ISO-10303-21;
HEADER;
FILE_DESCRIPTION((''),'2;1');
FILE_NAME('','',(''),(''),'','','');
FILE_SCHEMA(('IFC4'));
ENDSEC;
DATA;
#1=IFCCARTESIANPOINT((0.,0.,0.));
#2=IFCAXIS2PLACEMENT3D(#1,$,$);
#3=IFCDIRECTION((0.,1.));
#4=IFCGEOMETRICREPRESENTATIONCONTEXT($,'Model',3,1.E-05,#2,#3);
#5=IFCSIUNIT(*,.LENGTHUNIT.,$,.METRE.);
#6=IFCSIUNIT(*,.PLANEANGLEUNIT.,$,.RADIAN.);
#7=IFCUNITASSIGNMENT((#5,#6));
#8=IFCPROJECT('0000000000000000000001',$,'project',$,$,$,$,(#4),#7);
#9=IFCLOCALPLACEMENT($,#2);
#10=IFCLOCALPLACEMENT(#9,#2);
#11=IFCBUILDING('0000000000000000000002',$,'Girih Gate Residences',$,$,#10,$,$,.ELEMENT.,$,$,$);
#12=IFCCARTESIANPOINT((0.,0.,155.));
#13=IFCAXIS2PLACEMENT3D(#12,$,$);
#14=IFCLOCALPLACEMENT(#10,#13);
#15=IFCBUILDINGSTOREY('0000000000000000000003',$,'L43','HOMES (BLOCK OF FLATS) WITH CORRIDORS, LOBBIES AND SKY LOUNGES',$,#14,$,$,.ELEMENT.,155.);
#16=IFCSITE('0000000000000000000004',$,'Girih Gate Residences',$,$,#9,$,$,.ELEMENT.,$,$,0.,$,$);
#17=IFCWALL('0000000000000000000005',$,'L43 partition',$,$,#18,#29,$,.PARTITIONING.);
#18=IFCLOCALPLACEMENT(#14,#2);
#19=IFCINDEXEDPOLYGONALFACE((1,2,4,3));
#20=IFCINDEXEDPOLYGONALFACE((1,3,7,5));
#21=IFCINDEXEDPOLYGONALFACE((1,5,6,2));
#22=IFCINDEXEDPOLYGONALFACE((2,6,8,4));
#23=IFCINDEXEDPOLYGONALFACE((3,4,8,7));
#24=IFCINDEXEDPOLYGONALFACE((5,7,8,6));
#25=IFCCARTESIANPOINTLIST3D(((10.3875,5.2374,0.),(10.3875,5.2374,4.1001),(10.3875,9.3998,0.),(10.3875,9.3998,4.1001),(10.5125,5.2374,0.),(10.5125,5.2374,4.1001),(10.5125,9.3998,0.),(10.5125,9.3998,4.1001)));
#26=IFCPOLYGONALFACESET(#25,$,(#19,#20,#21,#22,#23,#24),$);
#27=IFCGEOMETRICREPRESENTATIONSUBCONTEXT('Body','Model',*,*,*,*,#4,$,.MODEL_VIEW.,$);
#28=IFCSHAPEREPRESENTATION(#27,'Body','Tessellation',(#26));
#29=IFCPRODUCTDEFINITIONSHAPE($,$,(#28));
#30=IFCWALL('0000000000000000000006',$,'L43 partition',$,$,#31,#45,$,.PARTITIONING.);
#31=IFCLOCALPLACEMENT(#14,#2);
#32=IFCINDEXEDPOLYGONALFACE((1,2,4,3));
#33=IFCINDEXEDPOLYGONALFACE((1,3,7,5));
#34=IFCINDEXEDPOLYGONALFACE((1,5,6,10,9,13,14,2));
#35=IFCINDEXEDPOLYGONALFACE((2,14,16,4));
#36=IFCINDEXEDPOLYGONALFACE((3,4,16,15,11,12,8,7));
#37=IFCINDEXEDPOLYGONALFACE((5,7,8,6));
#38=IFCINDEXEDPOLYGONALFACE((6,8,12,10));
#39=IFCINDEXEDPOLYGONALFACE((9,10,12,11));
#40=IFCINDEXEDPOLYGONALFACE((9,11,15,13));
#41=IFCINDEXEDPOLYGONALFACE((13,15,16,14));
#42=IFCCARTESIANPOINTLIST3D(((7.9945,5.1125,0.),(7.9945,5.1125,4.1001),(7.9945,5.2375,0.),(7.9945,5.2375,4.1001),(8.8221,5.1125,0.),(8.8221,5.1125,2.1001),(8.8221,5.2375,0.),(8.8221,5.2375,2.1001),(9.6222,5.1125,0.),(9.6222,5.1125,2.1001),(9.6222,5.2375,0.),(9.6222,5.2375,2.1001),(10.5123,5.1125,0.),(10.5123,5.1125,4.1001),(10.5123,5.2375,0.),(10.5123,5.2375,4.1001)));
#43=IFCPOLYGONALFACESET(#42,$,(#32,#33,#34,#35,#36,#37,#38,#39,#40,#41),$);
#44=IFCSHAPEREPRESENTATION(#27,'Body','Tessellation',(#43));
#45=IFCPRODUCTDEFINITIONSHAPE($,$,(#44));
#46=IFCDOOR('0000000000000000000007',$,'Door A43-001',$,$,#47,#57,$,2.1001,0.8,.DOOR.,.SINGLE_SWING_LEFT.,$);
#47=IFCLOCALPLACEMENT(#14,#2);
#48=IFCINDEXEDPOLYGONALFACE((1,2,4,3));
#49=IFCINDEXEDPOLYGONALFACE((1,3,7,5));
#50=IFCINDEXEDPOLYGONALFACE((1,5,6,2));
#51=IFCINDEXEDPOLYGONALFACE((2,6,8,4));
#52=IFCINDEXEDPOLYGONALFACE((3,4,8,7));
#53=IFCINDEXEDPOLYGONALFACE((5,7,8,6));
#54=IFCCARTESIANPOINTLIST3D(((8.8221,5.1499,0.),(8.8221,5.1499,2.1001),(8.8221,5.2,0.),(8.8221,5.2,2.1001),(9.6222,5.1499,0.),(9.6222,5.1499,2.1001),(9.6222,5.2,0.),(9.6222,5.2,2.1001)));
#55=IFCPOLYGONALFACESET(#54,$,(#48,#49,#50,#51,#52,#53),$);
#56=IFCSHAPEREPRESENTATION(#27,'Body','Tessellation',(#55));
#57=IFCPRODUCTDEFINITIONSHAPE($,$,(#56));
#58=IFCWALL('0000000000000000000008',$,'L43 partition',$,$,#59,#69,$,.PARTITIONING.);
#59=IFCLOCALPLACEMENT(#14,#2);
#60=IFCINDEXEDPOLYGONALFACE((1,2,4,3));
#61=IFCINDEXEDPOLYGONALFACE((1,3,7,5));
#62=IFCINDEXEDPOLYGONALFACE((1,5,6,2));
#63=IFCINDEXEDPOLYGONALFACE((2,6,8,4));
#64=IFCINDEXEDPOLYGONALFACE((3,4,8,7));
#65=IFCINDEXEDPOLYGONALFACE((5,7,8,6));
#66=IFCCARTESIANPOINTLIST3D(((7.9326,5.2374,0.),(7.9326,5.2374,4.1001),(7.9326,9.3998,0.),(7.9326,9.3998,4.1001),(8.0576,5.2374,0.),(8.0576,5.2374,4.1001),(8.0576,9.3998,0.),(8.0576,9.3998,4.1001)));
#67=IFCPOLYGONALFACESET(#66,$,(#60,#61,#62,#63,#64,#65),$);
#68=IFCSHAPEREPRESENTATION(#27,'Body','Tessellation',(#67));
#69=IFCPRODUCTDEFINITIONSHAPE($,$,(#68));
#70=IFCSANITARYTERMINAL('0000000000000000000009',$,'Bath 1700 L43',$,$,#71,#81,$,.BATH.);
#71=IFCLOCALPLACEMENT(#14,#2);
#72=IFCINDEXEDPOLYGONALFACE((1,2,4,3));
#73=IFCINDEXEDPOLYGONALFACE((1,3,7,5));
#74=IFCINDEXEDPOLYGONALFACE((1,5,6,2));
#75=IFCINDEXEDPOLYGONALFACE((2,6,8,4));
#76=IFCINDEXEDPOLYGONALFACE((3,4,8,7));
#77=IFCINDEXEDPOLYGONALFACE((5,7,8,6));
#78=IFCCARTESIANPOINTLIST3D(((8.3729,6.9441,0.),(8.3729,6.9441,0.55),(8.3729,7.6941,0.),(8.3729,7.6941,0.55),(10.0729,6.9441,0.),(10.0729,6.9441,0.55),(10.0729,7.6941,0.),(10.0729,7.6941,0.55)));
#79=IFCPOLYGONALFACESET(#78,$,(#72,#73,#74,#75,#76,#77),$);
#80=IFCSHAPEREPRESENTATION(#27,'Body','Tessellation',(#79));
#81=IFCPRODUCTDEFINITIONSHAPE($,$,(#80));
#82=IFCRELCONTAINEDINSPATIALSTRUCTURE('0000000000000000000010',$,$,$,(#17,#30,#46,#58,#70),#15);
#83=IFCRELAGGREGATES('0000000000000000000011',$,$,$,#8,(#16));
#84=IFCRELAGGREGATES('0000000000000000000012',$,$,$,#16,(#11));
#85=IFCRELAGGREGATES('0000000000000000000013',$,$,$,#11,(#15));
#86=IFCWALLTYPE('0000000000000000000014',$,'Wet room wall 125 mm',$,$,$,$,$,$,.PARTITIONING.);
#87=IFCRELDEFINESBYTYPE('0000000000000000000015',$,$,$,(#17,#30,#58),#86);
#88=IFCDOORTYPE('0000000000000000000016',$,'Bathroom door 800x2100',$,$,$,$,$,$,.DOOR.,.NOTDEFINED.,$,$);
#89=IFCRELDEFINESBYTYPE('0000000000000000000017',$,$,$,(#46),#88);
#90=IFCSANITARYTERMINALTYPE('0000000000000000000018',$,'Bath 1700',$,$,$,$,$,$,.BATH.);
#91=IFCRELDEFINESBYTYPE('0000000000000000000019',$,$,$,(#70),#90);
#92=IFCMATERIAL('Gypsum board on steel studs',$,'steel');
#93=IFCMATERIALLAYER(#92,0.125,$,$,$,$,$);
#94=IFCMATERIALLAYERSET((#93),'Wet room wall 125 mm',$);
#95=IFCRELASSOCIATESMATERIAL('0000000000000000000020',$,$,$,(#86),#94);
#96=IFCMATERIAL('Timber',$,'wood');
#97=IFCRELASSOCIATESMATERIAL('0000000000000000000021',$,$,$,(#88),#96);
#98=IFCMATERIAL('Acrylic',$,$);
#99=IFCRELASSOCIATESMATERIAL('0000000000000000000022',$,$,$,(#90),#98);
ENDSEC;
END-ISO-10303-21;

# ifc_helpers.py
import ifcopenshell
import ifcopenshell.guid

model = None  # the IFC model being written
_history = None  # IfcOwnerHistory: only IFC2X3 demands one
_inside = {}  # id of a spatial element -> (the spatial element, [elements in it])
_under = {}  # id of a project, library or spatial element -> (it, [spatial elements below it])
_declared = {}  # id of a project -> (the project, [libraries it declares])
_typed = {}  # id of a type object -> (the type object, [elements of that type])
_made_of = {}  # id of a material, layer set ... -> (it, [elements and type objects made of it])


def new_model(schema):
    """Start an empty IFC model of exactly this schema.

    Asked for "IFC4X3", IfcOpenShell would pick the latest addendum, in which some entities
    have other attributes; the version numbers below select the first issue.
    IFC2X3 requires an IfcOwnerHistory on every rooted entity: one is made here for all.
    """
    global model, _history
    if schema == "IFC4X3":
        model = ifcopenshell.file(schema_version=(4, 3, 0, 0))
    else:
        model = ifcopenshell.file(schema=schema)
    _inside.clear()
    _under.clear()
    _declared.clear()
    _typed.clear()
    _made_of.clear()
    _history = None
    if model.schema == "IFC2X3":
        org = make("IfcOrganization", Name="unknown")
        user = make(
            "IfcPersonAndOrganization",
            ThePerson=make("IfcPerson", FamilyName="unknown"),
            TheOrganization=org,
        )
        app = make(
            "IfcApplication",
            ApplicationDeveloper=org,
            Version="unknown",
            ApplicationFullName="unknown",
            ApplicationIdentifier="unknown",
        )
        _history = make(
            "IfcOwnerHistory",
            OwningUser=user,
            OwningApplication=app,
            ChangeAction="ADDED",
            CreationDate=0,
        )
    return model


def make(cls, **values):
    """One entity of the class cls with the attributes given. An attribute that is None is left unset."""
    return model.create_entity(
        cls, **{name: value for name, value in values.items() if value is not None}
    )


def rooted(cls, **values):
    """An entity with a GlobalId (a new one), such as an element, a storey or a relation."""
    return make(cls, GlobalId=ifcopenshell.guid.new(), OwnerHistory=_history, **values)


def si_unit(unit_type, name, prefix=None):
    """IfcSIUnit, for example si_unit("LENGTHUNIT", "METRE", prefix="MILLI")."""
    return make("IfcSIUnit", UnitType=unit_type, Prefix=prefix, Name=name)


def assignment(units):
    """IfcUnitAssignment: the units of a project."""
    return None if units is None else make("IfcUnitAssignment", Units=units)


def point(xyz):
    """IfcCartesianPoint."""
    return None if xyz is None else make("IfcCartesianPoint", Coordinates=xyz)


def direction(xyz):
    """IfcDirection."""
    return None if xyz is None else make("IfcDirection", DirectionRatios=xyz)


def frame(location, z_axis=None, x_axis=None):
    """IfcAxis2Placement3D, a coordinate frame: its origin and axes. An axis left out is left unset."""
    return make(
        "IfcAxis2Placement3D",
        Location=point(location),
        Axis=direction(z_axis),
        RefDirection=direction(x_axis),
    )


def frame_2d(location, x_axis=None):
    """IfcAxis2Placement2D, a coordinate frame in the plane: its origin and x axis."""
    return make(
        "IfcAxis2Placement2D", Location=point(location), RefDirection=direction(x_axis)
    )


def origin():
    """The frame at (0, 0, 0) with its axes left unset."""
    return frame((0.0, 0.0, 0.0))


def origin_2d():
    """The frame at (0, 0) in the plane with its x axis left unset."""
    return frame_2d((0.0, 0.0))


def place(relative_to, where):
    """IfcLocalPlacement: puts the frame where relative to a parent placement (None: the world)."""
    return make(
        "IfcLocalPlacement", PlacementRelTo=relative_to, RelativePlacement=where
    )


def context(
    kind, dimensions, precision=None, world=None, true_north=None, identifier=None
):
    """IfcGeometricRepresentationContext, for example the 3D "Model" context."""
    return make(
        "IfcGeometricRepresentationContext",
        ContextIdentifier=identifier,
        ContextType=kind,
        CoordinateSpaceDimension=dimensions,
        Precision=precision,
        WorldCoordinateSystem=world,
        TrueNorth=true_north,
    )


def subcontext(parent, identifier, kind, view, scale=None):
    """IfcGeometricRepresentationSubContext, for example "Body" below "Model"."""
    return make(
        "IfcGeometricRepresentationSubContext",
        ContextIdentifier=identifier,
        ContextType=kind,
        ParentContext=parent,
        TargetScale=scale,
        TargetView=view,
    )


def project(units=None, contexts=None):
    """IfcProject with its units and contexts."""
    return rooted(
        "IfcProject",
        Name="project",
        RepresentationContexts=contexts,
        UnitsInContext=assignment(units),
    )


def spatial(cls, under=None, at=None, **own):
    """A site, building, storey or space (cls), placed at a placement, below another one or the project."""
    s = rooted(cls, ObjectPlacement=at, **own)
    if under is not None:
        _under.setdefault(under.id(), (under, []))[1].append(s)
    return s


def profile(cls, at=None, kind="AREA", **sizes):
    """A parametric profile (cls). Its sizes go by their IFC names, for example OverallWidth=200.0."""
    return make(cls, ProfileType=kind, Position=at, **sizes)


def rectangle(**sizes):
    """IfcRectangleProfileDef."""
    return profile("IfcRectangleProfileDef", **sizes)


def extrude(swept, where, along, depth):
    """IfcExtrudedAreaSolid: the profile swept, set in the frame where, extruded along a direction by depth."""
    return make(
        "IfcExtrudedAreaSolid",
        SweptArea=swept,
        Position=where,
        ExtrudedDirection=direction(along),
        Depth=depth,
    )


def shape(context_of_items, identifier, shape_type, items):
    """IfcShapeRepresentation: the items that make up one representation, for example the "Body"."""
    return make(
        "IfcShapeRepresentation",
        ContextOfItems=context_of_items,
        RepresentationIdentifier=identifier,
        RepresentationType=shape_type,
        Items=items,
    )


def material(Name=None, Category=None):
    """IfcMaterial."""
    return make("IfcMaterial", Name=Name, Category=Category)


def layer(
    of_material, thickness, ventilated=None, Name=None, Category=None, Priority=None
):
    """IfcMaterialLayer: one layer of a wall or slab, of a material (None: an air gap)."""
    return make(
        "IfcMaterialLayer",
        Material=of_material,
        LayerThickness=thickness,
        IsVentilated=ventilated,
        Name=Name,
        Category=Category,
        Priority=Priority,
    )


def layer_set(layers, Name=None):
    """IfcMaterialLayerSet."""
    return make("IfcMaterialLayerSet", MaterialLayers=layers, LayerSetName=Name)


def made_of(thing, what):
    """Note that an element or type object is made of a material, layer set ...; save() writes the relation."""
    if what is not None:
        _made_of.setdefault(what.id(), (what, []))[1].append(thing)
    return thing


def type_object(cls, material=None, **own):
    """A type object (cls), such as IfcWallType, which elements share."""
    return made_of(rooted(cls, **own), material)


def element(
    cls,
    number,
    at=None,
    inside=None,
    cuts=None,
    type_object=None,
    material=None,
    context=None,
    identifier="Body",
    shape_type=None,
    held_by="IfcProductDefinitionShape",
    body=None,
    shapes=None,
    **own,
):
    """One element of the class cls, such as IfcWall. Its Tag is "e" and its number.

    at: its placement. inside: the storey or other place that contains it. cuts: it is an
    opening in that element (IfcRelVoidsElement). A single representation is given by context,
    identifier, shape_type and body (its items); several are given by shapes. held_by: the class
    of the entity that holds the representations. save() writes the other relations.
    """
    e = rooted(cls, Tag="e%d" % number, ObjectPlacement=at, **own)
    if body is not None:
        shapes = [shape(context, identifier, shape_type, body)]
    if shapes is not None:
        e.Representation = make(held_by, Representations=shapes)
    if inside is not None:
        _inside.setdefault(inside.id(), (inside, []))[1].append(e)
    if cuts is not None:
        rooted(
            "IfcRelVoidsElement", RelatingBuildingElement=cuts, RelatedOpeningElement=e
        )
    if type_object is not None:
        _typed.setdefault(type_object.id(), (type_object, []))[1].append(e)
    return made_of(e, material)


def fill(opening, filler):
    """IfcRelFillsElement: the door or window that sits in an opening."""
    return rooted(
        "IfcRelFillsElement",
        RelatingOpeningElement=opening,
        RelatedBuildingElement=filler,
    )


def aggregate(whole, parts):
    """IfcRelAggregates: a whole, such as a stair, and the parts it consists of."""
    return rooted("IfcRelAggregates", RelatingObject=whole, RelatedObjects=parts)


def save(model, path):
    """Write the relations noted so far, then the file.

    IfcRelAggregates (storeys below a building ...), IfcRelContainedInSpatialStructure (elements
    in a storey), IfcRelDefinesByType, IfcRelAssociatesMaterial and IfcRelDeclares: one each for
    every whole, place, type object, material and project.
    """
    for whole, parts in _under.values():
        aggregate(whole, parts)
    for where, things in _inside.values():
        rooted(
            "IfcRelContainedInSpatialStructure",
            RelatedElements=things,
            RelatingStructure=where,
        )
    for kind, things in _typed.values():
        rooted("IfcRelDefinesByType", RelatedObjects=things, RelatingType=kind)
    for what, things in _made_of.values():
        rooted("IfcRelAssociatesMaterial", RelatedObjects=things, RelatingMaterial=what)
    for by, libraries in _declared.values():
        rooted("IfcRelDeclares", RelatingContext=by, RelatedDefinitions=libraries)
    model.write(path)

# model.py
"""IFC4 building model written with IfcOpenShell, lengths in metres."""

from ifc_helpers import new_model, si_unit, direction, frame, frame_2d, origin, origin_2d, place, context, subcontext, project, spatial, rectangle, extrude, material, layer, layer_set, type_object, element, fill, save


model = new_model("IFC4")

# Units and contexts
model_context = context("Model", 3, precision=1e-05, world=origin(), true_north=direction((0.0, 1.0)))
body_context = subcontext(model_context, "Body", "Model", "MODEL_VIEW")
ifc_project = project(units=[si_unit("LENGTHUNIT", "METRE"), si_unit("PLANEANGLEUNIT", "RADIAN")], contexts=[model_context])

# Site, building, storey
site_placement = place(None, origin())
site = spatial("IfcSite", under=ifc_project, at=site_placement, Name="Girih Gate Residences", CompositionType="ELEMENT", RefElevation=0.0)
building_placement = place(site_placement, origin())
building = spatial("IfcBuilding", under=site, at=building_placement, Name="Girih Gate Residences", CompositionType="ELEMENT")
storey_placement = place(building_placement, frame((0.0, 0.0, 155.0)))
storey = spatial("IfcBuildingStorey", under=building, at=storey_placement, Name="L43", Description="HOMES (BLOCK OF FLATS) WITH CORRIDORS, LOBBIES AND SKY LOUNGES", CompositionType="ELEMENT", Elevation=155.0)

# Shared definitions
ifc_material_1 = material(Name="Gypsum board on steel studs", Category="steel")

# Shared definitions
ifc_material_2 = material(Name="Timber", Category="wood")

# Wall
ifc_layer_1 = layer(ifc_material_1, 0.125)
ifc_layer_set_1 = layer_set([ifc_layer_1], Name="Wet room wall 125 mm")
wall_type_1 = type_object("IfcWallType", Name="Wet room wall 125 mm", PredefinedType="PARTITIONING", material=ifc_layer_set_1)
wall_1_placement = place(storey_placement, frame((10.45, 5.2375, 0.0), z_axis=(0.0, 0.0, 1.0), x_axis=(0.0, 1.0, 0.0)))
element("IfcWall", 1, at=wall_1_placement, inside=storey, type_object=wall_type_1, Name="L43 partition", PredefinedType="PARTITIONING", context=body_context, shape_type="SweptSolid", body=[
    extrude(rectangle(XDim=4.1624, YDim=0.125, at=frame_2d((2.0811, 0.0))), origin(), (0.0, 0.0, 1.0), 4.1001),
])

# Wall, opening, door
wall_2_placement = place(storey_placement, frame((7.9946, 5.175, 0.0), z_axis=(0.0, 0.0, 1.0), x_axis=(1.0, 0.0, 0.0)))
wall_2 = element("IfcWall", 2, at=wall_2_placement, inside=storey, type_object=wall_type_1, Name="L43 partition", PredefinedType="PARTITIONING", context=body_context, shape_type="SweptSolid", body=[
    extrude(rectangle(XDim=2.5178, YDim=0.125, at=frame_2d((1.2588, 0.0))), origin(), (0.0, 0.0, 1.0), 4.1001),
])
opening_1_placement = place(wall_2_placement, frame((0.8276, 0.0, 0.0)))
opening_1 = element("IfcOpeningElement", 3, at=opening_1_placement, cuts=wall_2, PredefinedType="OPENING", context=body_context, shape_type="SweptSolid", body=[
    extrude(rectangle(XDim=0.8, YDim=2.1001, at=frame_2d((0.3999, 1.05))), frame((0.0, 0.0725, 0.0), z_axis=(0.0, -1.0, 0.0), x_axis=(1.0, 0.0, 0.0)), (0.0, 0.0, 1.0), 0.145),
])
door_type_1 = type_object("IfcDoorType", Name="Bathroom door 800x2100", OperationType="NOTDEFINED", PredefinedType="DOOR", material=ifc_material_2)
door_1_placement = place(opening_1_placement, origin())
door_1 = element("IfcDoor", 4, at=door_1_placement, inside=storey, type_object=door_type_1, Name="Door A43-001", OperationType="SINGLE_SWING_LEFT", OverallHeight=2.1001, OverallWidth=0.8, PredefinedType="DOOR", context=body_context, shape_type="SweptSolid", body=[
    extrude(rectangle(XDim=0.8, YDim=2.1001, at=frame_2d((0.3999, 1.05))), frame((0.0, 0.0249, 0.0), z_axis=(0.0, -1.0, 0.0), x_axis=(1.0, 0.0, 0.0)), (0.0, 0.0, 1.0), 0.05),
])
fill(opening_1, door_1)

# Wall
wall_3_placement = place(storey_placement, frame((7.9951, 5.2375, 0.0), z_axis=(0.0, 0.0, 1.0), x_axis=(0.0, 1.0, 0.0)))
element("IfcWall", 5, at=wall_3_placement, inside=storey, type_object=wall_type_1, Name="L43 partition", PredefinedType="PARTITIONING", context=body_context, shape_type="SweptSolid", body=[
    extrude(rectangle(XDim=4.1624, YDim=0.125, at=frame_2d((2.0811, 0.0))), origin(), (0.0, 0.0, 1.0), 4.1001),
])

# Sanitary terminal
ifc_material_3 = material(Name="Acrylic")
sanitary_terminal_type = type_object("IfcSanitaryTerminalType", Name="Bath 1700", PredefinedType="BATH", material=ifc_material_3)
sanitary_terminal_placement = place(storey_placement, frame((9.2229, 7.3191, 0.0), z_axis=(0.0, 0.0, 1.0), x_axis=(1.0, 0.0, 0.0)))
element("IfcSanitaryTerminal", 6, at=sanitary_terminal_placement, inside=storey, type_object=sanitary_terminal_type, Name="Bath 1700 L43", PredefinedType="BATH", context=body_context, shape_type="SweptSolid", body=[
    extrude(rectangle(XDim=1.7, YDim=0.75, at=origin_2d()), origin(), (0.0, 0.0, 1.0), 0.55),
])

save(model, "model.ifc")
